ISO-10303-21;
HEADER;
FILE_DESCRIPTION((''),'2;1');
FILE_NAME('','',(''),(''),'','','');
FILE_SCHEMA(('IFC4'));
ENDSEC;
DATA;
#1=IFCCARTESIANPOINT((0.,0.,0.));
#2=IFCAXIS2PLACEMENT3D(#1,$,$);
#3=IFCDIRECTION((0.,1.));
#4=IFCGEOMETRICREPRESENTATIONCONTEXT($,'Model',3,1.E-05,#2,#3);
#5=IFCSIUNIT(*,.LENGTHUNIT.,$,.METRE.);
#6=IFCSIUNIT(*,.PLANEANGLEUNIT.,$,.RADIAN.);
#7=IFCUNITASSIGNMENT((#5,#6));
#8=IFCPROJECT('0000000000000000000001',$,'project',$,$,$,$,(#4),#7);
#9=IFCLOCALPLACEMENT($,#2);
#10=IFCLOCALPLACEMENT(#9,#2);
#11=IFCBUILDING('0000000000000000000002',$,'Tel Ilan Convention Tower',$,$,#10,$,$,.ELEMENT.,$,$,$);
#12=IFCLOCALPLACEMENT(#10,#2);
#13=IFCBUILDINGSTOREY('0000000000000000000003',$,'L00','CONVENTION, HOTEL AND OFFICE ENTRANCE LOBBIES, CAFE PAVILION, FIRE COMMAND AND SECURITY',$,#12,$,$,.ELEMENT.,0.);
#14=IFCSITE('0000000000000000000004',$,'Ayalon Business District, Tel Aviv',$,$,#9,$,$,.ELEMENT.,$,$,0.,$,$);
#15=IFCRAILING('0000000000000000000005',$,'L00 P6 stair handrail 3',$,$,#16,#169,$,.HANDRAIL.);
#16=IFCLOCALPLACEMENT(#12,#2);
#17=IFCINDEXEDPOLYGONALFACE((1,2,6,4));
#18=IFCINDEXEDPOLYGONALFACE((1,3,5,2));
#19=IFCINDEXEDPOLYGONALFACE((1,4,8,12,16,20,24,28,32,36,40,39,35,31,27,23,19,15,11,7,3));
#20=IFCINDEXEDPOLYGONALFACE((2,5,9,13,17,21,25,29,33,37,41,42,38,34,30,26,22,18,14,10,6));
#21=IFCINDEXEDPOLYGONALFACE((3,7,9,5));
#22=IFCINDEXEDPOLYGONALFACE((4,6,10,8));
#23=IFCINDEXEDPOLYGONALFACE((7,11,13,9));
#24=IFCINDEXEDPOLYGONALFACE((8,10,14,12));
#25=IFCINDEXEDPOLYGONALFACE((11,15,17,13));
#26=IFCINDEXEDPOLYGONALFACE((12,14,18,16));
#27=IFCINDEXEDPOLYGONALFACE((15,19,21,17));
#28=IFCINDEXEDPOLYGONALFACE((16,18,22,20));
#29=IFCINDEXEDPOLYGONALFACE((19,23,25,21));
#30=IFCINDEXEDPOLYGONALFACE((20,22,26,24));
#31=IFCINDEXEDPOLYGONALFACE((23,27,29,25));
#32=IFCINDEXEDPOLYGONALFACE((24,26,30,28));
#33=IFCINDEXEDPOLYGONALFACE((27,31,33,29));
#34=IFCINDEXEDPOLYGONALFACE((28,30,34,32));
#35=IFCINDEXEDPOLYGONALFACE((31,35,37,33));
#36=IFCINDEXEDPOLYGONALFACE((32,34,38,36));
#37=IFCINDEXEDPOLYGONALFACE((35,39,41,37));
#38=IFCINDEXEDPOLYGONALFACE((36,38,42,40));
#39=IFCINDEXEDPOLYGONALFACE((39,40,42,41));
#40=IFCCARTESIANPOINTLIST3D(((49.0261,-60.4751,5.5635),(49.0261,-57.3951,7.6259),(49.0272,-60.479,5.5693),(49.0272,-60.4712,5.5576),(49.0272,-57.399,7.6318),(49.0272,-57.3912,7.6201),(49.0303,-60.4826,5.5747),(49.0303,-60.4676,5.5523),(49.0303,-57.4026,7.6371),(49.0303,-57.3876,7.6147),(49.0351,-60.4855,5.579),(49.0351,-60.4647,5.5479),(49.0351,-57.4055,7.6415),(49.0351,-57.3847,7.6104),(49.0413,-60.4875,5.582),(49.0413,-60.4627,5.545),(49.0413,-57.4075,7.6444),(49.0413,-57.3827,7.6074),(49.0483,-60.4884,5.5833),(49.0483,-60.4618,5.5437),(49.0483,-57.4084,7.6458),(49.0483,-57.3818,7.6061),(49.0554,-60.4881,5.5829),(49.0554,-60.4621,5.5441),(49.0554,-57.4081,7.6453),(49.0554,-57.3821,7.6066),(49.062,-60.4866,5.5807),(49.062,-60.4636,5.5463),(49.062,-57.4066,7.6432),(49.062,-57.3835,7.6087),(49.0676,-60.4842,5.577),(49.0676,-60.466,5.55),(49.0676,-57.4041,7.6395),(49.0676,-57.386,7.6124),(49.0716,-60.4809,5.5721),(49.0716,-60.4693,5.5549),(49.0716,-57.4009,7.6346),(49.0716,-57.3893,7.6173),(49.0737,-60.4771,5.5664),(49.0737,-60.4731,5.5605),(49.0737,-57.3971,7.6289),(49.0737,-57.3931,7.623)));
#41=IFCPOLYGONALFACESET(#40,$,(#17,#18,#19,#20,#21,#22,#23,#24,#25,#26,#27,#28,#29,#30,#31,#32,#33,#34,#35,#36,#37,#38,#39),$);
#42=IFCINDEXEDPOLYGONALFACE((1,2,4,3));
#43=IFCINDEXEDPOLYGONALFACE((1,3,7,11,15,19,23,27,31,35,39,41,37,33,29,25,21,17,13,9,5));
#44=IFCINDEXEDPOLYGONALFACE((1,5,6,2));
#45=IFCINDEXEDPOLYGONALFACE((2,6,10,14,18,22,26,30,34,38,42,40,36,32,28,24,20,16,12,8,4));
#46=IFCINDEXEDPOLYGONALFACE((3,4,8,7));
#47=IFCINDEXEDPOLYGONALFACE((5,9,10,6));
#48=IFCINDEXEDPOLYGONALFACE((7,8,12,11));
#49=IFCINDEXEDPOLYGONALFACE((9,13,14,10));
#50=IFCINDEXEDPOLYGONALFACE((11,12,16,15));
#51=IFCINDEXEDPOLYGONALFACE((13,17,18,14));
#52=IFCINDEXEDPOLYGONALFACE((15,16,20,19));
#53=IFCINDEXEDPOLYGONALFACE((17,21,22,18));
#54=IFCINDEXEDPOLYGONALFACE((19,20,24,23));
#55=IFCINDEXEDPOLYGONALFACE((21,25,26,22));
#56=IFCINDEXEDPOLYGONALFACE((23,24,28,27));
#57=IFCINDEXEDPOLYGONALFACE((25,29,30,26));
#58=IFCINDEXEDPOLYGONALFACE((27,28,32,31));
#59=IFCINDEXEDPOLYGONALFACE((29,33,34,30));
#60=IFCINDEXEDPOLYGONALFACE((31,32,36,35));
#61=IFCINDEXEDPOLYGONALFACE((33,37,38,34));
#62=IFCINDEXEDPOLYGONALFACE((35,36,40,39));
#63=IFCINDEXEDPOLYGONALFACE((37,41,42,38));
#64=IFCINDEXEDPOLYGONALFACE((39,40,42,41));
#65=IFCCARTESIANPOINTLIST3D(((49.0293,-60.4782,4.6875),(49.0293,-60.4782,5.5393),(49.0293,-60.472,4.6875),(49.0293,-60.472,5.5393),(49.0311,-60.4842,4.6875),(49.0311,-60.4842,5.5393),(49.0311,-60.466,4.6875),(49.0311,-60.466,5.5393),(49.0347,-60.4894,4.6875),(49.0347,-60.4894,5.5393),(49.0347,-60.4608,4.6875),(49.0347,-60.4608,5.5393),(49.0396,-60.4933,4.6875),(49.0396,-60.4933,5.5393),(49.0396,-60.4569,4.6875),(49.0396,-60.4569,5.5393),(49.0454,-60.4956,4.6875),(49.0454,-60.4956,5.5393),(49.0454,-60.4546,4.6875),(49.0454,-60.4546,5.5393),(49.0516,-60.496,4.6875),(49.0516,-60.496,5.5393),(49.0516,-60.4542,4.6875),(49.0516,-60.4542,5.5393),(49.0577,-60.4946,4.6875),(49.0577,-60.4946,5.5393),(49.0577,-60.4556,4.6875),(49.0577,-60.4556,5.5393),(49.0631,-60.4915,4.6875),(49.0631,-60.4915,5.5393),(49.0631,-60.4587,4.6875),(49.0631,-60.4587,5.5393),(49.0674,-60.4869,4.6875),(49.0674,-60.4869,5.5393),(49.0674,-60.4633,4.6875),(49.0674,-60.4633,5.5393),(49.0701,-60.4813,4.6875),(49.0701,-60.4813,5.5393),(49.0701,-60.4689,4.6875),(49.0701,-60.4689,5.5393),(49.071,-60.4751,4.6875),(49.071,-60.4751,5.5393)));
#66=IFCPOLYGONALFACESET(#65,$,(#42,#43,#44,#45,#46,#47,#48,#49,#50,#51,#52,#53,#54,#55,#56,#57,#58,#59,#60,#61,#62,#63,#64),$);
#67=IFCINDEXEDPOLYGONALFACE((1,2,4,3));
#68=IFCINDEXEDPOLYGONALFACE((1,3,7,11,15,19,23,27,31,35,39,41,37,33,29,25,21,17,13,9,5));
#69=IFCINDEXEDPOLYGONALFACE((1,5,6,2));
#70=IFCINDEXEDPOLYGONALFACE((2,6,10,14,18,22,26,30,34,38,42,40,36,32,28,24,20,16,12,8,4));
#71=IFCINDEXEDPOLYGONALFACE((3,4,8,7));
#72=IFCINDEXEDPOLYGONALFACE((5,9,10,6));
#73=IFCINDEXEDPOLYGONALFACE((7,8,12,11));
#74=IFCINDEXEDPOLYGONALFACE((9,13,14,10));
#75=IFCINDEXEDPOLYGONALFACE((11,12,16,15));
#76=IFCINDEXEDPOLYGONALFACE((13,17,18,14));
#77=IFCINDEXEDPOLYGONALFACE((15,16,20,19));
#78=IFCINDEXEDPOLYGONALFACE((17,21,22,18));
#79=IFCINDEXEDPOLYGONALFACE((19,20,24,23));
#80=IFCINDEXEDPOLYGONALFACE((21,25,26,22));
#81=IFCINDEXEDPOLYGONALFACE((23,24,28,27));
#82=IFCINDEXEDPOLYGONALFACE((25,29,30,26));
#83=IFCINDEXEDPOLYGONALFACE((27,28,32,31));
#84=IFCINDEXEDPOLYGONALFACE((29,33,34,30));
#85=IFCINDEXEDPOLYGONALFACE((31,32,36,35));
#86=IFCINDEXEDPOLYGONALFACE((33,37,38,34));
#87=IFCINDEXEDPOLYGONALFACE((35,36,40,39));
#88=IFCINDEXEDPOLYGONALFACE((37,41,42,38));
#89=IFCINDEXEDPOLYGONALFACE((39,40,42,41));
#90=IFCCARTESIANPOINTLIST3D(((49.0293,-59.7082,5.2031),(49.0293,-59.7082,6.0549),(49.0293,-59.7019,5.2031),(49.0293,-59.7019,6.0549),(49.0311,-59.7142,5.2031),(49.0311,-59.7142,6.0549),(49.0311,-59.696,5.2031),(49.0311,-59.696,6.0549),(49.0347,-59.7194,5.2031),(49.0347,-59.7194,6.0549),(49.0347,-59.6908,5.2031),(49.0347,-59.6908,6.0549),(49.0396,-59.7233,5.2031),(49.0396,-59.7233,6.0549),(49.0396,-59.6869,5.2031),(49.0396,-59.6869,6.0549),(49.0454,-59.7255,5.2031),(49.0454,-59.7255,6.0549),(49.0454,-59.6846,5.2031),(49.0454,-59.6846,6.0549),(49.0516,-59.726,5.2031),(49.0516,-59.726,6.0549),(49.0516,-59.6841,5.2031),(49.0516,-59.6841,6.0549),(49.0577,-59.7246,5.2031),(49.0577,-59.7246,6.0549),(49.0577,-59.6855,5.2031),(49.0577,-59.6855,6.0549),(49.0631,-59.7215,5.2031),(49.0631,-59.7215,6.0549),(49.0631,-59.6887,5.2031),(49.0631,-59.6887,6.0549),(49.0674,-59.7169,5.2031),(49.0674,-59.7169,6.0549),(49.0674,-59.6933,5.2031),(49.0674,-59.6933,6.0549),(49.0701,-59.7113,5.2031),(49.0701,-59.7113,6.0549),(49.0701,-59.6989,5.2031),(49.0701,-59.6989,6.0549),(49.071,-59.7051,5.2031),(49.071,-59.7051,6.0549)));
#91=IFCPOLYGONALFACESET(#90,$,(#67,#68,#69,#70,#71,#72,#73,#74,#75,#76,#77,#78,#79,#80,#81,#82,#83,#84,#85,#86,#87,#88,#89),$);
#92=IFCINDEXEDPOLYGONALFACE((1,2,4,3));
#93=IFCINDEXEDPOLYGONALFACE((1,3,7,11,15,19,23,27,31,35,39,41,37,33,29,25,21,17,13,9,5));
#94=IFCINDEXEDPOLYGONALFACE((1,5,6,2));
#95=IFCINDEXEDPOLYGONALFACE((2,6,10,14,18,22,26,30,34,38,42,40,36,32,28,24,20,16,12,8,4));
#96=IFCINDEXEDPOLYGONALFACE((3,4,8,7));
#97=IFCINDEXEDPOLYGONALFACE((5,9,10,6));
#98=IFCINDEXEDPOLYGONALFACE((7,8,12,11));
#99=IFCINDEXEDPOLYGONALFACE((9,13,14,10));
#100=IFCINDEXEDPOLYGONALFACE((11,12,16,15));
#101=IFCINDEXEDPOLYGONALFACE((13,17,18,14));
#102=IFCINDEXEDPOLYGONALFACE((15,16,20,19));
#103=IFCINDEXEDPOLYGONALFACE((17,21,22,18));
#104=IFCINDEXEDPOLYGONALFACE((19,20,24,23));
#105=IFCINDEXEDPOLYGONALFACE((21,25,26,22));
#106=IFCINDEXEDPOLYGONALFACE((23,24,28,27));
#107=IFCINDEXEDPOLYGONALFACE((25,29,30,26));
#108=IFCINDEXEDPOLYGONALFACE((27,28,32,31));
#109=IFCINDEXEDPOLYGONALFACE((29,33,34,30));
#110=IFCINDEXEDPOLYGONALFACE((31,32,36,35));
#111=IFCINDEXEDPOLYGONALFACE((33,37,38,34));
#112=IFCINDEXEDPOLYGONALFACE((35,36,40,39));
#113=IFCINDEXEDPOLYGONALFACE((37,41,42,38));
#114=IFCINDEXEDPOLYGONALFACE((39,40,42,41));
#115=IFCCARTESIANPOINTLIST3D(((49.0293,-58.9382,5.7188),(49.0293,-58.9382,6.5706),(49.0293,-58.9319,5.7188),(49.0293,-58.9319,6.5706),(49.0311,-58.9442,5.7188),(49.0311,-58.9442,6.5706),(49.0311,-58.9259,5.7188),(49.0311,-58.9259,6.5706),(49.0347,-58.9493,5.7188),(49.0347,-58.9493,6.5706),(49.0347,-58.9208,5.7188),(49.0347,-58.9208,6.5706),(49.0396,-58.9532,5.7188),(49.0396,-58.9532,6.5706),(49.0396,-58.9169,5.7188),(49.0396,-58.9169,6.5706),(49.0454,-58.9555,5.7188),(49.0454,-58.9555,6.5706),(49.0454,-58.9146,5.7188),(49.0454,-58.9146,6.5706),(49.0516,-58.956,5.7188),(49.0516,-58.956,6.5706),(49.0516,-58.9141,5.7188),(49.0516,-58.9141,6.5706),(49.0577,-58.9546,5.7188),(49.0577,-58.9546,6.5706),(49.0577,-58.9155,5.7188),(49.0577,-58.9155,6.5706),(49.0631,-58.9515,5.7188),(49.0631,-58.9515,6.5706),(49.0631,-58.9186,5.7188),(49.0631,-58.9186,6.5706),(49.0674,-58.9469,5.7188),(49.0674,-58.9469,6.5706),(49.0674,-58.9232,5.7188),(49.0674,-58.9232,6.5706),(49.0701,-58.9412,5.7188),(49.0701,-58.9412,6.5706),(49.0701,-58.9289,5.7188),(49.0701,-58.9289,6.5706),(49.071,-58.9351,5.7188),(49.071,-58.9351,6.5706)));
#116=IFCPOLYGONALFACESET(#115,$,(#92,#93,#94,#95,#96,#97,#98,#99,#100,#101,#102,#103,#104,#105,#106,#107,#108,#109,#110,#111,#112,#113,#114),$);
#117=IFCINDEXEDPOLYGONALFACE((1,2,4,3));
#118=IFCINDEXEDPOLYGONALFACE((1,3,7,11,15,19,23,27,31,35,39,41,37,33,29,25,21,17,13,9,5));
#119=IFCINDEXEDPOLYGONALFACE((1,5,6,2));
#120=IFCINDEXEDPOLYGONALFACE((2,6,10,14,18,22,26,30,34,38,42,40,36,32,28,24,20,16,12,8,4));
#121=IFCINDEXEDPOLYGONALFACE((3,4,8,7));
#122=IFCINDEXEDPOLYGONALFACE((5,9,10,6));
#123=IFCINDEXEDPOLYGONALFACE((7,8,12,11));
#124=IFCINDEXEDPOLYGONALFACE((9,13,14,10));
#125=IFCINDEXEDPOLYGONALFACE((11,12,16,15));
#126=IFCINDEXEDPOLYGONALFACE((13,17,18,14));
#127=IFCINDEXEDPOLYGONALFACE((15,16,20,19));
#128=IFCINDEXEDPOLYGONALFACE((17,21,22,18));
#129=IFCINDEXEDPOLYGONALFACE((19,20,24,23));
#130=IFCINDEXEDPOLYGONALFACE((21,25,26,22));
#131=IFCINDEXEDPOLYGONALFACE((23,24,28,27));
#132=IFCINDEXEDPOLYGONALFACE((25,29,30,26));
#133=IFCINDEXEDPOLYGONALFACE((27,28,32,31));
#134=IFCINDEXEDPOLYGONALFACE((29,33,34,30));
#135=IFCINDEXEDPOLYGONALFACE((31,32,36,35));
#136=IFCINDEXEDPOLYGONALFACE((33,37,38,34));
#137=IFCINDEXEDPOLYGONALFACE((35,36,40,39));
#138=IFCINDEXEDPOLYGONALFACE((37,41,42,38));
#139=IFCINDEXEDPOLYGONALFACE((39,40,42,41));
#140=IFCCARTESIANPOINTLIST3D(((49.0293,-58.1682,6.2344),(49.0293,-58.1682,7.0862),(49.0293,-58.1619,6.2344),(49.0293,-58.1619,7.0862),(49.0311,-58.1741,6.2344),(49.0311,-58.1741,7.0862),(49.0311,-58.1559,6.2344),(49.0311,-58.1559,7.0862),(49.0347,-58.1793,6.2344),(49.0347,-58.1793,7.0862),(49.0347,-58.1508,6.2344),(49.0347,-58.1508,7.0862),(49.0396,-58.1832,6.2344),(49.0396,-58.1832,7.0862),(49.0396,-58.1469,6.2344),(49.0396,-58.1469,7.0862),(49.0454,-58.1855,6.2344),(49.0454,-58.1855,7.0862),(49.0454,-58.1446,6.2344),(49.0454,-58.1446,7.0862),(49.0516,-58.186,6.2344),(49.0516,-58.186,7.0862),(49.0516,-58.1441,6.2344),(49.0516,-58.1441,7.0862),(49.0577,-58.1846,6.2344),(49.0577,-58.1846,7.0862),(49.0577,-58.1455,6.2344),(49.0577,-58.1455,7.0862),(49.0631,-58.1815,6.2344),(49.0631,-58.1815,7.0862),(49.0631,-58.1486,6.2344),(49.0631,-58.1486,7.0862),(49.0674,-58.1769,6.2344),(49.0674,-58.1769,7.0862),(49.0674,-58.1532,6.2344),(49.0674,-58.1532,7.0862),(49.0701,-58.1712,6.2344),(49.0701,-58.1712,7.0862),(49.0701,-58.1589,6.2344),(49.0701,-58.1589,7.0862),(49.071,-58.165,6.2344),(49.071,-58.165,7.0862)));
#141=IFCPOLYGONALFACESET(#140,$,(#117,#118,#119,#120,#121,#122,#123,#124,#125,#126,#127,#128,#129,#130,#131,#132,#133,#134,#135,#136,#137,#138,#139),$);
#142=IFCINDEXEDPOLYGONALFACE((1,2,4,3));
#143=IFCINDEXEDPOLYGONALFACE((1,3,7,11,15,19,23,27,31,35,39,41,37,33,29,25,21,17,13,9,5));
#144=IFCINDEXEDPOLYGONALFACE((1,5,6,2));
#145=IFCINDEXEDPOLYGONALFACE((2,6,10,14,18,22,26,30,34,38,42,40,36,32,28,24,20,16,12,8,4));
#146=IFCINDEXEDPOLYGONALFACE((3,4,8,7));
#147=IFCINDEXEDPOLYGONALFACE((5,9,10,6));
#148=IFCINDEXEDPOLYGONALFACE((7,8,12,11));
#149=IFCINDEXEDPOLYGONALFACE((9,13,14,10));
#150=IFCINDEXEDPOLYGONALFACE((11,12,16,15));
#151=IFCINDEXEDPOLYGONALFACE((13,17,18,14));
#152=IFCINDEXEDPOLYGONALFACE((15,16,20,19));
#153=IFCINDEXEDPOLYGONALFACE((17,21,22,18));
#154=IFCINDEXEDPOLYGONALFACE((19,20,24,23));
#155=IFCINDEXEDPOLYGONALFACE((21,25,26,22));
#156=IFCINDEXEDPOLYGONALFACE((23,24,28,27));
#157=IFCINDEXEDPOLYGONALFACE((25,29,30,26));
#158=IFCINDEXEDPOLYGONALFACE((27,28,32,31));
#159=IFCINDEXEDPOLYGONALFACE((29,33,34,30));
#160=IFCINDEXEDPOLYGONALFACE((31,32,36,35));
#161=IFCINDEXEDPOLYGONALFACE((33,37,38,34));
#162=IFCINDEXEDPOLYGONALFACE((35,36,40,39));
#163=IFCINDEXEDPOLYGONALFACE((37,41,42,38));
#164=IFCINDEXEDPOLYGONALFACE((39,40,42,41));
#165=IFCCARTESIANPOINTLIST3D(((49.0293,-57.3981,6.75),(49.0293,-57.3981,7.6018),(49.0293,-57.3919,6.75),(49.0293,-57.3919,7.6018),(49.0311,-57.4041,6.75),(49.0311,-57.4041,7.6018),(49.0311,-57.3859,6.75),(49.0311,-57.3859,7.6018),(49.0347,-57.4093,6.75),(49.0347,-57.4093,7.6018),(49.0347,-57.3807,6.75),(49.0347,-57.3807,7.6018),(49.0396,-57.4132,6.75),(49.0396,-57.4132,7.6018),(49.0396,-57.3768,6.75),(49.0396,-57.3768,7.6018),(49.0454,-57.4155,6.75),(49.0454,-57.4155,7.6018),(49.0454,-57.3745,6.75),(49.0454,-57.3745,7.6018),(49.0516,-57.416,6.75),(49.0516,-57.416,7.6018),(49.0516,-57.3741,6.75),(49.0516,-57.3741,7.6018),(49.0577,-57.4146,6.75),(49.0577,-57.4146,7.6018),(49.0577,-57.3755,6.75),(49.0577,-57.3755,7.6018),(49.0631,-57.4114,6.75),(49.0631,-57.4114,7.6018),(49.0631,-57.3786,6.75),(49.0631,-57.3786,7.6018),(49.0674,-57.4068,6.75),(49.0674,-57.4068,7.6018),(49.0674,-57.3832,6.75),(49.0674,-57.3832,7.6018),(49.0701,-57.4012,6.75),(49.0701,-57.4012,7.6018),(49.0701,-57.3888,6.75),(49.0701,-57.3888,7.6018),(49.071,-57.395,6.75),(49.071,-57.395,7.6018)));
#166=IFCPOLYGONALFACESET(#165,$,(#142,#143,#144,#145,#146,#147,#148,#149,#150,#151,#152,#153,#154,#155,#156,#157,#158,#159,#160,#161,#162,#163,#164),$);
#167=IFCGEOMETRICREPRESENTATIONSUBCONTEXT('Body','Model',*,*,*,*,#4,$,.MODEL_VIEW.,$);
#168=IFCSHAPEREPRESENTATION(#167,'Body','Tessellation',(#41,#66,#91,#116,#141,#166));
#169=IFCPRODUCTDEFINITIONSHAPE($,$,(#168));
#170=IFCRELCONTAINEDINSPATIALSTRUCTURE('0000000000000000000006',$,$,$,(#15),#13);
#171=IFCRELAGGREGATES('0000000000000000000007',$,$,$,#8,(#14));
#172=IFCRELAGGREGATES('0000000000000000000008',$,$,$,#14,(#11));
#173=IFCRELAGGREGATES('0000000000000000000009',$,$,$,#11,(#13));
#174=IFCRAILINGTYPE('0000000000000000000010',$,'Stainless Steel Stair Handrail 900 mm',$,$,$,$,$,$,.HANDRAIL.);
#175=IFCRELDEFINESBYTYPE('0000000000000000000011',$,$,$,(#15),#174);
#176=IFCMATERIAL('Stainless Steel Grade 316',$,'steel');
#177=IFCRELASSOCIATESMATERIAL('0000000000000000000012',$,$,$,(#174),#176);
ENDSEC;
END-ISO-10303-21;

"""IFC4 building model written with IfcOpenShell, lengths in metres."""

from ifc_helpers import new_model, si_unit, direction, frame, origin, origin_2d, place, context, subcontext, project, spatial, circle, extrude, material, type_object, element, save


model = new_model("IFC4")

# Units and contexts
model_context = context("Model", 3, precision=1e-05, world=origin(), true_north=direction((0.0, 1.0)))
body_context = subcontext(model_context, "Body", "Model", "MODEL_VIEW")
ifc_project = project(units=[si_unit("LENGTHUNIT", "METRE"), si_unit("PLANEANGLEUNIT", "RADIAN")], contexts=[model_context])

# Site, building, storey
site_placement = place(None, origin())
site = spatial("IfcSite", under=ifc_project, at=site_placement, Name="Ayalon Business District, Tel Aviv", CompositionType="ELEMENT", RefElevation=0.0)
building_placement = place(site_placement, origin())
building = spatial("IfcBuilding", under=site, at=building_placement, Name="Tel Ilan Convention Tower", CompositionType="ELEMENT")
storey_placement = place(building_placement, origin())
storey = spatial("IfcBuildingStorey", under=building, at=storey_placement, Name="L00", Description="CONVENTION, HOTEL AND OFFICE ENTRANCE LOBBIES, CAFE PAVILION, FIRE COMMAND AND SECURITY", CompositionType="ELEMENT", Elevation=0.0)

# Railing
ifc_material_1 = material(Name="Stainless Steel Grade 316", Category="steel")
railing_type_1 = type_object("IfcRailingType", Name="Stainless Steel Stair Handrail 900 mm", PredefinedType="HANDRAIL", material=ifc_material_1)
for number, where, name in (
    (1, (49.05, -60.4751, 4.6875), "L00 P6 stair handrail 3"),
):
    element("IfcRailing", number, at=place(storey_placement, frame(where)), inside=storey, type_object=railing_type_1, Name=name, PredefinedType="HANDRAIL", context=body_context, shape_type="SweptSolid", body=[
        extrude(circle(Radius=0.0239, at=origin_2d()), frame((0.0, 0.0, 0.876), z_axis=(0.0, 0.830914, 0.556401), x_axis=(-1.0, 0.0, 0.0)), (0.0, 0.0, 1.0), 3.7068),
        extrude(circle(Radius=0.021, at=origin_2d()), origin(), (0.0, 0.0, 1.0), 0.8518),
        extrude(circle(Radius=0.021, at=origin_2d()), frame((0.0, 0.77, 0.5156)), (0.0, 0.0, 1.0), 0.8518),
        extrude(circle(Radius=0.021, at=origin_2d()), frame((0.0, 1.54, 1.0312)), (0.0, 0.0, 1.0), 0.8518),
        extrude(circle(Radius=0.021, at=origin_2d()), frame((0.0, 2.3101, 1.5469)), (0.0, 0.0, 1.0), 0.8518),
        extrude(circle(Radius=0.021, at=origin_2d()), frame((0.0, 3.0801, 2.0625)), (0.0, 0.0, 1.0), 0.8518),
    ])

save(model, "model.ifc")
